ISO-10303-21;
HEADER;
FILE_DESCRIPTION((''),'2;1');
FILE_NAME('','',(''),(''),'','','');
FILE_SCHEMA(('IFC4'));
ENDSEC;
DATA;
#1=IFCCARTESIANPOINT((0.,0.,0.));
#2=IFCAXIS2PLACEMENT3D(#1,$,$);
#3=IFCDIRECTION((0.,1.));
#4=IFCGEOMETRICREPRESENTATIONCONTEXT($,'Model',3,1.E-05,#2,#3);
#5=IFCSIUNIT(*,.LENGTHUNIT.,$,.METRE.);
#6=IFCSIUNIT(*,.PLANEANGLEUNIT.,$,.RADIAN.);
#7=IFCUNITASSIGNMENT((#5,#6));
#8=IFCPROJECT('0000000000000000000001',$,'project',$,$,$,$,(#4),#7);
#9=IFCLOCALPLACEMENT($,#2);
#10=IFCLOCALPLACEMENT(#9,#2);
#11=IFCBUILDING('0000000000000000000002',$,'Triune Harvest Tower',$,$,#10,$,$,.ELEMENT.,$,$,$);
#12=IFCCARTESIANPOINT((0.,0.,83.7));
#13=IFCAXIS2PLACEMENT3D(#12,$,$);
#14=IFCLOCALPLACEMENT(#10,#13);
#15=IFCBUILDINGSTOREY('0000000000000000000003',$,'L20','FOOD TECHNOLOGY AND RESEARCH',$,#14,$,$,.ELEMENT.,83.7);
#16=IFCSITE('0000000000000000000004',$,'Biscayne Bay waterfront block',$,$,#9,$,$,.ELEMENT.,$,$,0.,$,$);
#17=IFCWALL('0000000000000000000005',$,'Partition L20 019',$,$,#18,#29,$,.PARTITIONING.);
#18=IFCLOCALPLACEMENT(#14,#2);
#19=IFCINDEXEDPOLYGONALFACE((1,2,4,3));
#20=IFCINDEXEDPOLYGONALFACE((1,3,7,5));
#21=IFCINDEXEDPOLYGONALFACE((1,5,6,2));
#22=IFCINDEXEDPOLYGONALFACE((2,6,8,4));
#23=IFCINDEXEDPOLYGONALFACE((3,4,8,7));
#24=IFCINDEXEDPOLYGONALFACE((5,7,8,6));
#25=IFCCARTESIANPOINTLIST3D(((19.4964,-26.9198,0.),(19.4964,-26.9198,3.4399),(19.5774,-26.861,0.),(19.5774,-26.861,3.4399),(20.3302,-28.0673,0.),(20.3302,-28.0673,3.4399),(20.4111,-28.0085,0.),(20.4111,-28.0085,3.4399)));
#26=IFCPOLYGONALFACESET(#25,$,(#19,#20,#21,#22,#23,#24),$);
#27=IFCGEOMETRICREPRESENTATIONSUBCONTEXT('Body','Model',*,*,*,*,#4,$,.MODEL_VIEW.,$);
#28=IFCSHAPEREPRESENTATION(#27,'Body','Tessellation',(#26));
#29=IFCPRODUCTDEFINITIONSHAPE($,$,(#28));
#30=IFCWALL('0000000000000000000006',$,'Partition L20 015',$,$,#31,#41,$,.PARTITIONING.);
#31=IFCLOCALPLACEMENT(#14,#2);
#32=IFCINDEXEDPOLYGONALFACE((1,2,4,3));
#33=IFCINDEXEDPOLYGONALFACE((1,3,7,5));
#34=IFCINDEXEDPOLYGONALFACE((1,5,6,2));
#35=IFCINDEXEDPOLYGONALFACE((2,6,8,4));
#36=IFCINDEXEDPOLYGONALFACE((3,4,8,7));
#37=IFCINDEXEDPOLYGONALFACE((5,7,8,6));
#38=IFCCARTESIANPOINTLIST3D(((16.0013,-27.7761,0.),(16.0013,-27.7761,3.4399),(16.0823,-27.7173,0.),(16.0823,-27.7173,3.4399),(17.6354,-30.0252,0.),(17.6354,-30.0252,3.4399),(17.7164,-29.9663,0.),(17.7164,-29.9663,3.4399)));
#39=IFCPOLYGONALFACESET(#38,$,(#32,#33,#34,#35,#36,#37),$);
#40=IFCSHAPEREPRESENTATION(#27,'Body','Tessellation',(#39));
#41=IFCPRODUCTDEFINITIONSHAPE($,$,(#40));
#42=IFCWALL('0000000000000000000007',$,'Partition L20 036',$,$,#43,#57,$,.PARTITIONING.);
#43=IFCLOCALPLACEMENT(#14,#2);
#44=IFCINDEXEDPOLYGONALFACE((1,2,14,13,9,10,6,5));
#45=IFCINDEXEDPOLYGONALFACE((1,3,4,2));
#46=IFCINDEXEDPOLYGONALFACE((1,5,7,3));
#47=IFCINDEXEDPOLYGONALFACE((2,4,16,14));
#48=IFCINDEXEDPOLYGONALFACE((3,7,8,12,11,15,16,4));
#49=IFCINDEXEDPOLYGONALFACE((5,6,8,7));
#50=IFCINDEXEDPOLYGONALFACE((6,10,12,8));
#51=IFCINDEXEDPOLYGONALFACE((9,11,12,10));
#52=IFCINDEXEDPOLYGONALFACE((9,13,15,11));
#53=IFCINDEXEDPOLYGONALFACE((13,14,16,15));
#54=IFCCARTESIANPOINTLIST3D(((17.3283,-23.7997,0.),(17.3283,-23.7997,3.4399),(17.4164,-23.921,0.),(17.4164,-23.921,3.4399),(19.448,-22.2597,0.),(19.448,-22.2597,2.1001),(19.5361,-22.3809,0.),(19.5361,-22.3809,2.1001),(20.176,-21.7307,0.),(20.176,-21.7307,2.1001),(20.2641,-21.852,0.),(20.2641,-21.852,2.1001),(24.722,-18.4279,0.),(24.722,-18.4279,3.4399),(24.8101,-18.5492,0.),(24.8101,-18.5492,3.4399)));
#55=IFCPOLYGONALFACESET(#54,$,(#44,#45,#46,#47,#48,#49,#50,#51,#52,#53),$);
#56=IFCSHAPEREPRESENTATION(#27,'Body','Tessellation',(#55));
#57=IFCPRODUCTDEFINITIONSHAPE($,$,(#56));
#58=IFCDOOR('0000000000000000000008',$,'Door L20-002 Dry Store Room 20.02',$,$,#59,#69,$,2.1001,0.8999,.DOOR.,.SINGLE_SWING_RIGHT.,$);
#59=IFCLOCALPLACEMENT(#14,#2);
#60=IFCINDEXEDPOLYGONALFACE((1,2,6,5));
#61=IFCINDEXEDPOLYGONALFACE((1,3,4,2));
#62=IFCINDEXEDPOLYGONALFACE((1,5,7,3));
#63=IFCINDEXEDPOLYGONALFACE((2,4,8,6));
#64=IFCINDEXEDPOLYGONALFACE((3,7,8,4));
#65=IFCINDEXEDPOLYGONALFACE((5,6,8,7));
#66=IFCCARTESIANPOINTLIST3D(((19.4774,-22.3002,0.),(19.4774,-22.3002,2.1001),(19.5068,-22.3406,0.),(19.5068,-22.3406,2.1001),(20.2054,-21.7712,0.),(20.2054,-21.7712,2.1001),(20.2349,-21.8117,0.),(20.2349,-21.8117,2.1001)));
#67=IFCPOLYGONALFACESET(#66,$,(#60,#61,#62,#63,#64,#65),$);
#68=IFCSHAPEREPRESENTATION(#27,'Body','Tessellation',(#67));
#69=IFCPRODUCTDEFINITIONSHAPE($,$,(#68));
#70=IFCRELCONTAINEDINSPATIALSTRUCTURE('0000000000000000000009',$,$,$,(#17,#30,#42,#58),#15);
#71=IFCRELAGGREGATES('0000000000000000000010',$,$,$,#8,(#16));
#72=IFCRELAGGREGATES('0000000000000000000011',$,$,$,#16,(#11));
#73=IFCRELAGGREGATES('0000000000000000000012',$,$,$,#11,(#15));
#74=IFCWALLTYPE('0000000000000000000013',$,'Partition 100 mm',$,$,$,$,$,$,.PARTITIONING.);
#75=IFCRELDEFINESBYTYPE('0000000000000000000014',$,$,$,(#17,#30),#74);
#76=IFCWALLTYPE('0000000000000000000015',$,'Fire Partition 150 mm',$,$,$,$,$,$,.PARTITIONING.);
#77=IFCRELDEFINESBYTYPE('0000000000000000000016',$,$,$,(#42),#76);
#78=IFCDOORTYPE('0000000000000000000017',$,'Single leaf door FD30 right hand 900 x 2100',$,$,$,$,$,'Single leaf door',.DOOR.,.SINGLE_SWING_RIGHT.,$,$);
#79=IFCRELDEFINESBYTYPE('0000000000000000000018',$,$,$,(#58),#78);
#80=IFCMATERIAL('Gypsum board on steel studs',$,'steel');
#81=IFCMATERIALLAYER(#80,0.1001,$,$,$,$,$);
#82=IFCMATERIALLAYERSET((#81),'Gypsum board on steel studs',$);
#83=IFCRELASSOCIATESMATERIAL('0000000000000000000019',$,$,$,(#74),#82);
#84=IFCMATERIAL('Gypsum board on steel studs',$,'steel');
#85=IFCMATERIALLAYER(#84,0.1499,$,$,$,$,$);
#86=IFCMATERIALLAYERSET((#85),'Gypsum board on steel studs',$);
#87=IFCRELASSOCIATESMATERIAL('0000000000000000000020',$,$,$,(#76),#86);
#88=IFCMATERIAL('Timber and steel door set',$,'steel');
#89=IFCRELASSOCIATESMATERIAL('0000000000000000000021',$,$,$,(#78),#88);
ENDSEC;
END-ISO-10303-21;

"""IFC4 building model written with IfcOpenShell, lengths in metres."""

from ifc_helpers import new_model, si_unit, direction, frame, frame_2d, origin, place, context, subcontext, project, spatial, rectangle, extrude, source, transform, mapped, material, layer, layer_set, type_object, element, fill, save


model = new_model("IFC4")

# Units and contexts
model_context = context("Model", 3, precision=1e-05, world=origin(), true_north=direction((0.0, 1.0)))
body_context = subcontext(model_context, "Body", "Model", "MODEL_VIEW")
ifc_project = project(units=[si_unit("LENGTHUNIT", "METRE"), si_unit("PLANEANGLEUNIT", "RADIAN")], contexts=[model_context])

# Site, building, storey
site_placement = place(None, origin())
site = spatial("IfcSite", under=ifc_project, at=site_placement, Name="Biscayne Bay waterfront block", CompositionType="ELEMENT", RefElevation=0.0)
building_placement = place(site_placement, origin())
building = spatial("IfcBuilding", under=site, at=building_placement, Name="Triune Harvest Tower", CompositionType="ELEMENT")
storey_placement = place(building_placement, frame((0.0, 0.0, 83.7)))
storey = spatial("IfcBuildingStorey", under=building, at=storey_placement, Name="L20", Description="FOOD TECHNOLOGY AND RESEARCH", CompositionType="ELEMENT", Elevation=83.7)

# Walls
ifc_material_1 = material(Name="Gypsum board on steel studs", Category="steel")
ifc_layer_1 = layer(ifc_material_1, 0.1001)
ifc_layer_set_1 = layer_set([ifc_layer_1], Name="Gypsum board on steel studs")
wall_type_1 = type_object("IfcWallType", Name="Partition 100 mm", PredefinedType="PARTITIONING", material=ifc_layer_set_1)
shared_shape_1 = source(origin(), body_context, "Body", "SweptSolid", [
    extrude(rectangle(XDim=1.4185, YDim=0.1001, at=frame_2d((0.7092, 0.0))), origin(), (0.0, 0.0, 1.0), 3.4399),
])
wall_1_placement = place(storey_placement, frame((19.5369, -26.8904, 0.0), z_axis=(0.0, 0.0, 1.0), x_axis=(0.587813, -0.808997, 0.0)))
element("IfcWall", 1, at=wall_1_placement, inside=storey, type_object=wall_type_1, Name="Partition L20 019", PredefinedType="PARTITIONING", context=body_context, shape_type="MappedRepresentation", body=[
    mapped(shared_shape_1, transform((0.0, 0.0, 0.0), scale=1.0)),
])
shared_shape_2 = source(origin(), body_context, "Body", "SweptSolid", [
    extrude(rectangle(XDim=2.78, YDim=0.1001, at=frame_2d((1.3901, 0.0))), origin(), (0.0, 0.0, 1.0), 3.4399),
])
wall_2_placement = place(storey_placement, frame((16.0417, -27.7466, 0.0), z_axis=(0.0, 0.0, 1.0), x_axis=(0.58779, -0.809013, 0.0)))
element("IfcWall", 2, at=wall_2_placement, inside=storey, type_object=wall_type_1, Name="Partition L20 015", PredefinedType="PARTITIONING", context=body_context, shape_type="MappedRepresentation", body=[
    mapped(shared_shape_2, transform((0.0, 0.0, 0.0), scale=1.0)),
])

# Wall, opening, door
ifc_material_2 = material(Name="Gypsum board on steel studs", Category="steel")
ifc_layer_2 = layer(ifc_material_2, 0.1499)
ifc_layer_set_2 = layer_set([ifc_layer_2], Name="Gypsum board on steel studs")
wall_type_2 = type_object("IfcWallType", Name="Fire Partition 150 mm", PredefinedType="PARTITIONING", material=ifc_layer_set_2)
shared_shape_3 = source(origin(), body_context, "Body", "SweptSolid", [
    extrude(rectangle(XDim=9.1392, YDim=0.1499, at=frame_2d((4.5696, 0.0))), origin(), (0.0, 0.0, 1.0), 3.4399),
])
wall_3_placement = place(storey_placement, frame((17.3723, -23.8604, 0.0), z_axis=(0.0, 0.0, 1.0), x_axis=(0.809021, 0.587779, 0.0)))
wall_3 = element("IfcWall", 3, at=wall_3_placement, inside=storey, type_object=wall_type_2, Name="Partition L20 036", PredefinedType="PARTITIONING", context=body_context, shape_type="MappedRepresentation", body=[
    mapped(shared_shape_3, transform((0.0, 0.0, 0.0), scale=1.0)),
])
opening_placement = place(wall_3_placement, frame((2.6201, 0.0, 0.0)))
opening = element("IfcOpeningElement", 4, at=opening_placement, cuts=wall_3, PredefinedType="OPENING", context=body_context, shape_type="SweptSolid", body=[
    extrude(rectangle(XDim=0.8999, YDim=2.1001, at=frame_2d((0.45, 1.05))), frame((0.0, 0.085, 0.0), z_axis=(0.0, -1.0, 0.0), x_axis=(1.0, 0.0, 0.0)), (0.0, 0.0, 1.0), 0.1699),
])
ifc_material_3 = material(Name="Timber and steel door set", Category="steel")
door_type = type_object("IfcDoorType", Name="Single leaf door FD30 right hand 900 x 2100", ElementType="Single leaf door", OperationType="SINGLE_SWING_RIGHT", PredefinedType="DOOR", material=ifc_material_3)
door_placement = place(opening_placement, origin())
door = element("IfcDoor", 5, at=door_placement, inside=storey, type_object=door_type, Name="Door L20-002 Dry Store Room 20.02", OperationType="SINGLE_SWING_RIGHT", OverallHeight=2.1001, OverallWidth=0.8999, PredefinedType="DOOR", context=body_context, shape_type="SweptSolid", body=[
    extrude(rectangle(XDim=0.8999, YDim=2.1001, at=frame_2d((0.45, 1.05))), frame((0.0, 0.0249, 0.0), z_axis=(0.0, -1.0, 0.0), x_axis=(1.0, 0.0, 0.0)), (0.0, 0.0, 1.0), 0.05),
])
fill(opening, door)

save(model, "model.ifc")
